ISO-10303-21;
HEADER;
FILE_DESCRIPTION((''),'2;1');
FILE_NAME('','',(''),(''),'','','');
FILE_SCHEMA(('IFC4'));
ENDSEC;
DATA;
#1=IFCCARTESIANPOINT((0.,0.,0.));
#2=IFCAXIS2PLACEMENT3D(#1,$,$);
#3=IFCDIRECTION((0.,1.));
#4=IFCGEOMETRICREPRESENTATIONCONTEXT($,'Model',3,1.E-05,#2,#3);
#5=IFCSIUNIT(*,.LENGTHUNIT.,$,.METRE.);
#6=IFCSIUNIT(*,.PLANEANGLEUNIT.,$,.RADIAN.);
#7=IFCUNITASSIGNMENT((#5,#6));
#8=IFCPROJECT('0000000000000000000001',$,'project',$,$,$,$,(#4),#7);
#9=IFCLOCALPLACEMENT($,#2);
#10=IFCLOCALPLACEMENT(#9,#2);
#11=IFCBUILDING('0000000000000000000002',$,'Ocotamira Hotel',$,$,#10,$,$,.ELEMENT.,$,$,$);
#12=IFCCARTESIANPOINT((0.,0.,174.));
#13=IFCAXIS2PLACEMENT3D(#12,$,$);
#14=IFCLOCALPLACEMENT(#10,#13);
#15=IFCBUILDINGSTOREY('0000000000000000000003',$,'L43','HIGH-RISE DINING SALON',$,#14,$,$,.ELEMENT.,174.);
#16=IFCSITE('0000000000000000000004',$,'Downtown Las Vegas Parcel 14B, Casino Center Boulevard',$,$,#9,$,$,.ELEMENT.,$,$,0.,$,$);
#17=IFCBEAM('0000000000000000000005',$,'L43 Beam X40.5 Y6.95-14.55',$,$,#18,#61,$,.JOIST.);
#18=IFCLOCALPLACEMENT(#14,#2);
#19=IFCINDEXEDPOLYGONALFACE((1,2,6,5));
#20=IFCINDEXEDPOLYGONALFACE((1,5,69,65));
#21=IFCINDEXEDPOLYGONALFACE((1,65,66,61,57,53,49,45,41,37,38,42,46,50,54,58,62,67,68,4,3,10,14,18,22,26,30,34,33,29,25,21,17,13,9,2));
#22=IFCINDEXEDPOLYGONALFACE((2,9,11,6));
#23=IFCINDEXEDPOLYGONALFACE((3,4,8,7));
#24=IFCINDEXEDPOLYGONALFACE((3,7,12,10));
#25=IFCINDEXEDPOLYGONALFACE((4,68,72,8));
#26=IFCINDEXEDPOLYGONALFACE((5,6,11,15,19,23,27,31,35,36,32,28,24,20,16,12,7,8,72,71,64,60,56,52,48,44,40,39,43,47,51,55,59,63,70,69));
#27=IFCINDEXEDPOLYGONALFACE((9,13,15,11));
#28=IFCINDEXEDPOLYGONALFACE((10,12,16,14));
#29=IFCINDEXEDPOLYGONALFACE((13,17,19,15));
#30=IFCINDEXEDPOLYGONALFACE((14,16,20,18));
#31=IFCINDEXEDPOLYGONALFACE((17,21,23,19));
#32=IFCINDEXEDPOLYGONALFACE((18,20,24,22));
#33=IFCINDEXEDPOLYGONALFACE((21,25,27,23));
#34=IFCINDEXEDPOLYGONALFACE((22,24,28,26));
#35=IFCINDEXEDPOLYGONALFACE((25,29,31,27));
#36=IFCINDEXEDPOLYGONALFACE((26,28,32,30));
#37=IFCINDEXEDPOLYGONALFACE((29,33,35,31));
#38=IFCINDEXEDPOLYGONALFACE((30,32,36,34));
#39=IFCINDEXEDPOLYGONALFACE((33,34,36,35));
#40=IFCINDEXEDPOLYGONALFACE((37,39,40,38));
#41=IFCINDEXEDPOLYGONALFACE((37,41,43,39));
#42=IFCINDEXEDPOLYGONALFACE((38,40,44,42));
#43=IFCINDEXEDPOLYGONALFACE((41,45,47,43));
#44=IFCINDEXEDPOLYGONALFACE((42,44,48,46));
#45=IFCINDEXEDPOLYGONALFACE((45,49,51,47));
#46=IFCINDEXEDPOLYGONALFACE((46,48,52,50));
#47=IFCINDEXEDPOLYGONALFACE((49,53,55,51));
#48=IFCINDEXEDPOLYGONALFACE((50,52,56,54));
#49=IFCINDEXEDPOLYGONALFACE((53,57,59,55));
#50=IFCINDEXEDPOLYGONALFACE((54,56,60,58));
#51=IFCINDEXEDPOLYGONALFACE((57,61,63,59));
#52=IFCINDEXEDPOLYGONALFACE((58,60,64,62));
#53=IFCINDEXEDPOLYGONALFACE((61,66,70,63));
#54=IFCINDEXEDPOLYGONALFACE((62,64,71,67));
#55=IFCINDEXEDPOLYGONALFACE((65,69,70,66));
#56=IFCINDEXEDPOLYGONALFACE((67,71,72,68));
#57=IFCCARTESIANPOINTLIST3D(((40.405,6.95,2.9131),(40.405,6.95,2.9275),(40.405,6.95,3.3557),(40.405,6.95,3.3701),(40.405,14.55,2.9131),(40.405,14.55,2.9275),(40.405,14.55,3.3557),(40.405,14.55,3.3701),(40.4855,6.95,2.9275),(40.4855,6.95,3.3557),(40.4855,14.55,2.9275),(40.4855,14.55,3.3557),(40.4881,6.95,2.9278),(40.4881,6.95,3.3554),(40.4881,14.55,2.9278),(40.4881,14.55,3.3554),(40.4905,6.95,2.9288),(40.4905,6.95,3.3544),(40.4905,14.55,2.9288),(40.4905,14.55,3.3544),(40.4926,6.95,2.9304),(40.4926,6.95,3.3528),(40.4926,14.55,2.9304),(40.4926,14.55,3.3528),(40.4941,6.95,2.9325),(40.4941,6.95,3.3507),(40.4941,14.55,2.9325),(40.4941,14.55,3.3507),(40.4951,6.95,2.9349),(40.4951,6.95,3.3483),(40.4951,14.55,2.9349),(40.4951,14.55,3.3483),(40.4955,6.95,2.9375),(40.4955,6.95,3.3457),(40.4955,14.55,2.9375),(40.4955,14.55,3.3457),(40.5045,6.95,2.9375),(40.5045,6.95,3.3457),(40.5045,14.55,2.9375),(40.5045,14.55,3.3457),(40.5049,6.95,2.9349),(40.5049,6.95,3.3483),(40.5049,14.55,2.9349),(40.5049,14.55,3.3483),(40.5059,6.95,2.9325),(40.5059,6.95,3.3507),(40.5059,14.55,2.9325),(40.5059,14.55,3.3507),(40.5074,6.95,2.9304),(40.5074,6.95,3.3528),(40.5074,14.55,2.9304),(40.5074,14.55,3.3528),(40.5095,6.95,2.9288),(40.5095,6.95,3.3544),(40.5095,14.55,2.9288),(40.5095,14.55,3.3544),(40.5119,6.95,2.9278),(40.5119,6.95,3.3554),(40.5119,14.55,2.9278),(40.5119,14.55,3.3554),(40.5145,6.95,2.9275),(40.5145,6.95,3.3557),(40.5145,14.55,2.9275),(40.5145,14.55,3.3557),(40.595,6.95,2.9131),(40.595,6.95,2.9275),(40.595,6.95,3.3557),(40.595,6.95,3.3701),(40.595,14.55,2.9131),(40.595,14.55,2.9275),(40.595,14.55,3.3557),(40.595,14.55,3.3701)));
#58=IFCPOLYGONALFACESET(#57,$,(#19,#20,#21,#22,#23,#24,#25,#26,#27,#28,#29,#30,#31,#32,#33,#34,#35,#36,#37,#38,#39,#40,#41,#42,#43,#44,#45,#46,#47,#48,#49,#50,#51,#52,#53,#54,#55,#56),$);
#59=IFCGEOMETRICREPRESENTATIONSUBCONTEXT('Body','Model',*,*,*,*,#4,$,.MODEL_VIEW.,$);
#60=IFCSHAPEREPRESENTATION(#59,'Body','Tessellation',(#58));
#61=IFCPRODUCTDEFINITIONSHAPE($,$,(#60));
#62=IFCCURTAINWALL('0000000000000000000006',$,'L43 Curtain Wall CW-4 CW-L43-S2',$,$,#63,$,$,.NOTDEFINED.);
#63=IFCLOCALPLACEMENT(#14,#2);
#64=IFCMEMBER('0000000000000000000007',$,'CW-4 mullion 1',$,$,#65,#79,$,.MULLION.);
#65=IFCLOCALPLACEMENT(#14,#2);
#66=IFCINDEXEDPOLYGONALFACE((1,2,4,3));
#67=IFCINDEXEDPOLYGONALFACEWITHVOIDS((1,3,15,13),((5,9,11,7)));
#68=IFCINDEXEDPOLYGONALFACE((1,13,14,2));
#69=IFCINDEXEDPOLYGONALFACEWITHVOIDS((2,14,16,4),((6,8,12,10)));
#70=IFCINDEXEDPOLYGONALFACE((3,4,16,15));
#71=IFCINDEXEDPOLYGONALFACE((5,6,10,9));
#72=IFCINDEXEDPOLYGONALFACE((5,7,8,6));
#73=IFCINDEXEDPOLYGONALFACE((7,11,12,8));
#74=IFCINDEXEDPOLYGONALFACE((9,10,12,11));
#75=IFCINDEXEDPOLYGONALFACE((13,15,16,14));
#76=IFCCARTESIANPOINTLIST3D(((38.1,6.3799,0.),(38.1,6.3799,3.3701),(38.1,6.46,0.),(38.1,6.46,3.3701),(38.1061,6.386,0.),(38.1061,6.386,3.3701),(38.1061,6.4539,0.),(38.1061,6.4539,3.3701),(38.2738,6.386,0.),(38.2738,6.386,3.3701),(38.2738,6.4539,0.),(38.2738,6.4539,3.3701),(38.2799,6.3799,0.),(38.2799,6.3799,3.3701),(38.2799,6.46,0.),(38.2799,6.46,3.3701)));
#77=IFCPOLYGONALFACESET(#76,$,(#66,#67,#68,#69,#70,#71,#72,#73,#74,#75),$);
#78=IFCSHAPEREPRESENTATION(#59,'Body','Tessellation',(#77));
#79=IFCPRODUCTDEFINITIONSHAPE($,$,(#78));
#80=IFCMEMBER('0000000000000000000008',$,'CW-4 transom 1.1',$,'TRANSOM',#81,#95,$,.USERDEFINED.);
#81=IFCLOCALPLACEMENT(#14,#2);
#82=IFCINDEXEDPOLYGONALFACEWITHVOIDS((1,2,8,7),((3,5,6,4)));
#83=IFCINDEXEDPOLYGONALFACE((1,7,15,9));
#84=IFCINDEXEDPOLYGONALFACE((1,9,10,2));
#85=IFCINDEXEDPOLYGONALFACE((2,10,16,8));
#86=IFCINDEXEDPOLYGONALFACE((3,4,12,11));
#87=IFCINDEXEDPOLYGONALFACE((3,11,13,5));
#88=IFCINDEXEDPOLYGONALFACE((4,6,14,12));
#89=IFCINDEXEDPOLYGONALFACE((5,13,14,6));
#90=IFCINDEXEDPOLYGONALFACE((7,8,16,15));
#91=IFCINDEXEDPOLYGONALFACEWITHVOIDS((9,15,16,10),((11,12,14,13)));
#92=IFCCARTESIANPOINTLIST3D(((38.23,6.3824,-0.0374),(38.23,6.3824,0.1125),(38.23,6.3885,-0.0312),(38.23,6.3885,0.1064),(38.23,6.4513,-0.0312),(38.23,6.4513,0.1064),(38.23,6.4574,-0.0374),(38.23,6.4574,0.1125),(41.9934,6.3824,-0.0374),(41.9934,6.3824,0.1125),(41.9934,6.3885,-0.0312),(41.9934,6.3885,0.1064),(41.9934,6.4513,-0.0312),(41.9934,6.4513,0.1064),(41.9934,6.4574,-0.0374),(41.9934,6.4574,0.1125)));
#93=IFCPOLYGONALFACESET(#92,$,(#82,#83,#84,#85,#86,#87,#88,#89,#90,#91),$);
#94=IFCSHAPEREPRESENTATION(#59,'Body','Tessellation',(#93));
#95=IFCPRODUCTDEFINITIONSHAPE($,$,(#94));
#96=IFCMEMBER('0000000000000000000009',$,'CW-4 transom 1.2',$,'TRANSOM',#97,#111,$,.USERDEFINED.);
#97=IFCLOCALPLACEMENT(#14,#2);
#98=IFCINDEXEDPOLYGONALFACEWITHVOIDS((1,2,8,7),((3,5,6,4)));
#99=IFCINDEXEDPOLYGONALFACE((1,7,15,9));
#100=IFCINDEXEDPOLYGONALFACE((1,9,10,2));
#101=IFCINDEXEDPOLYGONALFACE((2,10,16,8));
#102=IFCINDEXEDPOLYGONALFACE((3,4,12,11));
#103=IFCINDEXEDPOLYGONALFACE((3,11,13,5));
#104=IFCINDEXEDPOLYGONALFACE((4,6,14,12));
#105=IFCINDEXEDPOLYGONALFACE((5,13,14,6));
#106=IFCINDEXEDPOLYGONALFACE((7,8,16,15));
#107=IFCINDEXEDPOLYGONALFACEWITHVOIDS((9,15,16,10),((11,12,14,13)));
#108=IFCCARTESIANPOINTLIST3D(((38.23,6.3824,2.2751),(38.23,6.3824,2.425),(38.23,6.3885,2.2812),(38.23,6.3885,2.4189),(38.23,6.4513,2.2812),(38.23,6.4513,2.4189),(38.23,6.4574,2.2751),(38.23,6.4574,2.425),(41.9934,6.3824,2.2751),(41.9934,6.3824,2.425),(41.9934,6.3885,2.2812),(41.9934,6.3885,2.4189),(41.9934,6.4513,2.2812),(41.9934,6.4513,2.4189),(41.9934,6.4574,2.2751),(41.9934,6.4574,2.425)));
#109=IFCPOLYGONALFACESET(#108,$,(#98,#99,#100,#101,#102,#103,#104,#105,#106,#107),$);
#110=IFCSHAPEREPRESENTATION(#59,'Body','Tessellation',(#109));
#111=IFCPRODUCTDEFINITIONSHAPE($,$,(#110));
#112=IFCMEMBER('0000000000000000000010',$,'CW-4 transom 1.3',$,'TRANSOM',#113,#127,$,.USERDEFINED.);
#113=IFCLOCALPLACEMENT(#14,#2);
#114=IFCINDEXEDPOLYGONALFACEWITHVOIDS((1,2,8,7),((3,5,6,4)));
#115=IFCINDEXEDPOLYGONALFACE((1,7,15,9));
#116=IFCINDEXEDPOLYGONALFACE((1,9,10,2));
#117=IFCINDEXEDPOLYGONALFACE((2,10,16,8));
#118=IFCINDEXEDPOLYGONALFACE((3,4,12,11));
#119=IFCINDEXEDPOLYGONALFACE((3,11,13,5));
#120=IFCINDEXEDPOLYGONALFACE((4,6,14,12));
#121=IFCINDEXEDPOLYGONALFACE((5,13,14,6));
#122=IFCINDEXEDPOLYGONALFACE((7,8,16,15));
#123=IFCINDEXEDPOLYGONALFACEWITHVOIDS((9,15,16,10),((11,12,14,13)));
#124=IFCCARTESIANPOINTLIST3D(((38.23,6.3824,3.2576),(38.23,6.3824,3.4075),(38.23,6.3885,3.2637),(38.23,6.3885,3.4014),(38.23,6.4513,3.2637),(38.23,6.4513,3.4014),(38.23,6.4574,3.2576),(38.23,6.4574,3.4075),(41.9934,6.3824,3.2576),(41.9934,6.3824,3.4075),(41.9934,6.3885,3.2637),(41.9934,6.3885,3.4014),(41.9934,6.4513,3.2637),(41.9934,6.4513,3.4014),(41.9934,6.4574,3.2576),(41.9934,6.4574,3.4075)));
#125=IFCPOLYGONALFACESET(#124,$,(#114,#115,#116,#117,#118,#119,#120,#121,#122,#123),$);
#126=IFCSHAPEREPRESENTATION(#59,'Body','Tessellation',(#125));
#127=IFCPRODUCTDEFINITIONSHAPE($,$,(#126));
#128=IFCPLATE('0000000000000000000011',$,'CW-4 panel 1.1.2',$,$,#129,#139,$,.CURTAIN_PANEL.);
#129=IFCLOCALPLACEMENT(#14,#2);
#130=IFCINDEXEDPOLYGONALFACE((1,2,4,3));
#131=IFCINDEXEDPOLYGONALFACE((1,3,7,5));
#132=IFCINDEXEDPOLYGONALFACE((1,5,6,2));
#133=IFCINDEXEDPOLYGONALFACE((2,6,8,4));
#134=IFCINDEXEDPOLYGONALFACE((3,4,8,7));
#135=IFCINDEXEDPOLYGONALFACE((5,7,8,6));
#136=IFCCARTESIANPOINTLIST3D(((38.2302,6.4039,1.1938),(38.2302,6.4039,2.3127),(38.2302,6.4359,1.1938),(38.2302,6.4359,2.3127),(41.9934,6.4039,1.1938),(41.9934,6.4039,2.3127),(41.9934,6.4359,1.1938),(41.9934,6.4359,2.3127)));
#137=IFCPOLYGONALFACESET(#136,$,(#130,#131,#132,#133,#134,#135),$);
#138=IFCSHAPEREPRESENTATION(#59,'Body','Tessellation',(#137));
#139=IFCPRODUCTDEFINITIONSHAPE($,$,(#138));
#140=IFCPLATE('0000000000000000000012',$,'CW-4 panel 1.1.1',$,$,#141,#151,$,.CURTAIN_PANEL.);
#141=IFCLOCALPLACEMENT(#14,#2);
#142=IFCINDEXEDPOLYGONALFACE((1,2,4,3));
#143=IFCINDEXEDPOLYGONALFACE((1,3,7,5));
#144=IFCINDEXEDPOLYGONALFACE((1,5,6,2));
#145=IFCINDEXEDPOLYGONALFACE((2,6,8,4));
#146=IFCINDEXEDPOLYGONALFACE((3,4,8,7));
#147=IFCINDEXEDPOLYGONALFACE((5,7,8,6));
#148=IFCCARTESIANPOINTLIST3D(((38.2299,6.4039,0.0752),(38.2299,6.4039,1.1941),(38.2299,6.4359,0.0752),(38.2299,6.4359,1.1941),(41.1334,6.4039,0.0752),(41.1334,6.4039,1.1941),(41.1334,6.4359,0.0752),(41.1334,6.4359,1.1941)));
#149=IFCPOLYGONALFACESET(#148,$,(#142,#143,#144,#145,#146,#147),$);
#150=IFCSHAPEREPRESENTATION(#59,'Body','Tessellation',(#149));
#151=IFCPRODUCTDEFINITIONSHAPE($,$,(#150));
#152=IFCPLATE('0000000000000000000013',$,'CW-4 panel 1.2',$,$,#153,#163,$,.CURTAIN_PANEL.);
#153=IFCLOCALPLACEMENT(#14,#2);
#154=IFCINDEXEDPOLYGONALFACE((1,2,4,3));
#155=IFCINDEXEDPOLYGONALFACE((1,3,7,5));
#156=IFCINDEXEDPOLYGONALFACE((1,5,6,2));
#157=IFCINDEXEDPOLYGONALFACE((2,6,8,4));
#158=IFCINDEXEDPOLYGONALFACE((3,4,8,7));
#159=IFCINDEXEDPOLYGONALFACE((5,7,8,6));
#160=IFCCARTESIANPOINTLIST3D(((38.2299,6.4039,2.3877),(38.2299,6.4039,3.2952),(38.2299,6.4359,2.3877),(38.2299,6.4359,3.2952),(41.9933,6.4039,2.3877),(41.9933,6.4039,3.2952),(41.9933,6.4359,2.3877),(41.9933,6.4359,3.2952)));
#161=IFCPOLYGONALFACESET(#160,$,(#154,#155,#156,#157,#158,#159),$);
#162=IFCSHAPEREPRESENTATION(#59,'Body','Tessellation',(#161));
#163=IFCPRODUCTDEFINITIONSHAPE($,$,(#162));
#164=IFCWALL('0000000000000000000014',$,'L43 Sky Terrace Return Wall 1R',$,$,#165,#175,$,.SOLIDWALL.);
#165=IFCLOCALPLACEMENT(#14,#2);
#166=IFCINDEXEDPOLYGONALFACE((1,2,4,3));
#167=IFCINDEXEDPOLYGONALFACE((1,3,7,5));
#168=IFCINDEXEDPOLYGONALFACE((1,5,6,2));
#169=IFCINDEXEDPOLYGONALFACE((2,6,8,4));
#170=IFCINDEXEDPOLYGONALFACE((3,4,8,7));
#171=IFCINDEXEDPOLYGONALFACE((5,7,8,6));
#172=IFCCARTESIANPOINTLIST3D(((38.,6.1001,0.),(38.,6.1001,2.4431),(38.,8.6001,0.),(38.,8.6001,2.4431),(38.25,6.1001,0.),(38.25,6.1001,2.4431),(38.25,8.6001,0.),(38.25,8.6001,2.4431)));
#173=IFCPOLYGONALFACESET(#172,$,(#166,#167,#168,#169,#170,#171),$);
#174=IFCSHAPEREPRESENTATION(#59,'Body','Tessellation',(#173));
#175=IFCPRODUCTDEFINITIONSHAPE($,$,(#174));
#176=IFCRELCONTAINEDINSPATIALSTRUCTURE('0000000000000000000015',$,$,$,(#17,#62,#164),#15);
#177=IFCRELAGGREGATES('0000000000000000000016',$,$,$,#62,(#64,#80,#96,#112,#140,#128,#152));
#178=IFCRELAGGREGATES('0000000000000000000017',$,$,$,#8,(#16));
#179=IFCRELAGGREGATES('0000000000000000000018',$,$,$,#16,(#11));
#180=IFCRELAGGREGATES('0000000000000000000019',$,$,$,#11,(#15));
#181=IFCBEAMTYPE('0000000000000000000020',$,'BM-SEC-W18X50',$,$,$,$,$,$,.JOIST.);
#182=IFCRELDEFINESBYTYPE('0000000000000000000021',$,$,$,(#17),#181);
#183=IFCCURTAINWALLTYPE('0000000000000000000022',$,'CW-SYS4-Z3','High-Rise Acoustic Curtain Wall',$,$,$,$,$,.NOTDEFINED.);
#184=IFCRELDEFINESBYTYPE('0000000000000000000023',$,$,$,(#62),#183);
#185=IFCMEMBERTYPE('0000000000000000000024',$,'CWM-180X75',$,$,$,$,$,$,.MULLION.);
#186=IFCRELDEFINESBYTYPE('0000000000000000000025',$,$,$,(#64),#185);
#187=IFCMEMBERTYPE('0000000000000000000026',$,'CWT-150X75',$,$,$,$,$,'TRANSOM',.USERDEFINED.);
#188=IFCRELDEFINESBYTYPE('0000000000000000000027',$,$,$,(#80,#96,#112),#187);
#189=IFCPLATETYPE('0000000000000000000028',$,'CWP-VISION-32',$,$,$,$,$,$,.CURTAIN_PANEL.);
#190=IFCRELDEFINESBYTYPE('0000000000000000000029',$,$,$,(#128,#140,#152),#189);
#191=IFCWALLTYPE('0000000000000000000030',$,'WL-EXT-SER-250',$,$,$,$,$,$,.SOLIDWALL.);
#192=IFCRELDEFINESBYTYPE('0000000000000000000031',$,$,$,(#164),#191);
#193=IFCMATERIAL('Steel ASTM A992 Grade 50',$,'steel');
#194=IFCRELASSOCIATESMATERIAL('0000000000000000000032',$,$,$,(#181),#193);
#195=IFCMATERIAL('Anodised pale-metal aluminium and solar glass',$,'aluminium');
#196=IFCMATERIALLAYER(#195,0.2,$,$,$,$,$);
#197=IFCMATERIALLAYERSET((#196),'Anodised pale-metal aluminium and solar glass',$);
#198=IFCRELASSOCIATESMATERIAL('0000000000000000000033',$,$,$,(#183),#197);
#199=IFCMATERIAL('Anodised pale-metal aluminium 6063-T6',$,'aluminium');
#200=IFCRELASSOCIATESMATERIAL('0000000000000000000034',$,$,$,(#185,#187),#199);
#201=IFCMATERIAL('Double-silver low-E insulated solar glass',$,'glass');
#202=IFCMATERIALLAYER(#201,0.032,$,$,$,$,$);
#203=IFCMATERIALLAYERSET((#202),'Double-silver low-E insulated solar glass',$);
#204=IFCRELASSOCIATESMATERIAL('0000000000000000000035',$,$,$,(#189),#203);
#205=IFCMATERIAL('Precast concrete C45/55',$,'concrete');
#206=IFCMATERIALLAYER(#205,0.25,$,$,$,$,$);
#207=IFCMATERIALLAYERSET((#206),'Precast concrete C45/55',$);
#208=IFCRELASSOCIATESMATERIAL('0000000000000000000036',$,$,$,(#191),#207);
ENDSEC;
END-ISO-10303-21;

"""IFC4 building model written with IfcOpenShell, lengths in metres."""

from ifc_helpers import new_model, si_unit, direction, frame, frame_2d, origin, origin_2d, place, context, subcontext, project, spatial, rectangle, hollow_rectangle, i_section, extrude, source, transform, mapped, material, layer, layer_set, material_profile, profile_set, type_object, element, aggregate, save


model = new_model("IFC4")

# Units and contexts
model_context = context("Model", 3, precision=1e-05, world=origin(), true_north=direction((0.0, 1.0)))
body_context = subcontext(model_context, "Body", "Model", "MODEL_VIEW")
ifc_project = project(units=[si_unit("LENGTHUNIT", "METRE"), si_unit("PLANEANGLEUNIT", "RADIAN")], contexts=[model_context])

# Site, building, storey
site_placement = place(None, origin())
site = spatial("IfcSite", under=ifc_project, at=site_placement, Name="Downtown Las Vegas Parcel 14B, Casino Center Boulevard", CompositionType="ELEMENT", RefElevation=0.0)
building_placement = place(site_placement, origin())
building = spatial("IfcBuilding", under=site, at=building_placement, Name="Ocotamira Hotel", CompositionType="ELEMENT")
storey_placement = place(building_placement, frame((0.0, 0.0, 174.0)))
storey = spatial("IfcBuildingStorey", under=building, at=storey_placement, Name="L43", Description="HIGH-RISE DINING SALON", CompositionType="ELEMENT", Elevation=174.0)

# Beam
ifc_material_1 = material(Name="Steel ASTM A992 Grade 50", Category="steel")
ifc_material_profile_1 = material_profile(ifc_material_1, i_section(OverallWidth=0.1899, OverallDepth=0.457, WebThickness=0.009, FlangeThickness=0.0144, FilletRadius=0.01, at=origin_2d()), Name="W18X50")
ifc_profile_set_1 = profile_set([ifc_material_profile_1], Name="Steel ASTM A992 Grade 50")
beam_type_1 = type_object("IfcBeamType", Name="BM-SEC-W18X50", PredefinedType="JOIST", material=ifc_profile_set_1)
shared_shape_1 = source(origin(), body_context, "Body", "SweptSolid", [
    extrude(i_section(OverallWidth=0.1899, OverallDepth=0.457, WebThickness=0.009, FlangeThickness=0.0144, FilletRadius=0.01, at=origin_2d()), origin(), (0.0, 0.0, 1.0), 7.6001),
])
beam_1_placement = place(storey_placement, frame((40.5, 6.95, 3.1416), z_axis=(0.0, 1.0, 0.0), x_axis=(-1.0, 0.0, 0.0)))
element("IfcBeam", 1, at=beam_1_placement, inside=storey, type_object=beam_type_1, Name="L43 Beam X40.5 Y6.95-14.55", PredefinedType="JOIST", context=body_context, shape_type="MappedRepresentation", body=[
    mapped(shared_shape_1, transform((0.0, 0.0, 0.0), scale=1.0)),
])

# Curtain wall, members, plates
ifc_material_2 = material(Name="Anodised pale-metal aluminium and solar glass", Category="aluminium")
ifc_layer_1 = layer(ifc_material_2, 0.2)
ifc_layer_set_1 = layer_set([ifc_layer_1], Name="Anodised pale-metal aluminium and solar glass")
curtain_wall_type = type_object("IfcCurtainWallType", Name="CW-SYS4-Z3", Description="High-Rise Acoustic Curtain Wall", PredefinedType="NOTDEFINED", material=ifc_layer_set_1)
curtain_wall_placement = place(storey_placement, origin())
curtain_wall = element("IfcCurtainWall", 2, at=curtain_wall_placement, inside=storey, type_object=curtain_wall_type, Name="L43 Curtain Wall CW-4 CW-L43-S2", PredefinedType="NOTDEFINED")
ifc_material_3 = material(Name="Anodised pale-metal aluminium 6063-T6", Category="aluminium")
ifc_material_profile_2 = material_profile(ifc_material_3, hollow_rectangle(XDim=0.0801, YDim=0.1799, WallThickness=0.0061, at=origin_2d()), Name="HSS180X80X6")
ifc_profile_set_2 = profile_set([ifc_material_profile_2], Name="Anodised pale-metal aluminium 6063-T6")
member_type_1 = type_object("IfcMemberType", Name="CWM-180X75", PredefinedType="MULLION", material=ifc_profile_set_2)
shared_shape_2 = source(origin(), body_context, "Body", "SweptSolid", [
    extrude(hollow_rectangle(XDim=0.0801, YDim=0.1799, WallThickness=0.0061, at=origin_2d()), origin(), (0.0, 0.0, 1.0), 3.3701),
])
member_1_placement = place(storey_placement, frame((38.1899, 6.4199, 0.0), z_axis=(0.0, 0.0, 1.0), x_axis=(0.0, 1.0, 0.0)))
member_1 = element("IfcMember", 3, at=member_1_placement, type_object=member_type_1, Name="CW-4 mullion 1", PredefinedType="MULLION", context=body_context, shape_type="MappedRepresentation", body=[
    mapped(shared_shape_2, transform((0.0, 0.0, 0.0), scale=1.0)),
])
ifc_material_profile_3 = material_profile(ifc_material_3, hollow_rectangle(XDim=0.075, YDim=0.1499, WallThickness=0.0061, at=origin_2d()), Name="HSS150X75X6")
ifc_profile_set_3 = profile_set([ifc_material_profile_3], Name="Anodised pale-metal aluminium 6063-T6")
member_type_2 = type_object("IfcMemberType", Name="CWT-150X75", ElementType="TRANSOM", PredefinedType="USERDEFINED", material=ifc_profile_set_3)
shared_shape_3 = source(origin(), body_context, "Body", "SweptSolid", [
    extrude(hollow_rectangle(XDim=0.075, YDim=0.1499, WallThickness=0.0061, at=origin_2d()), origin(), (0.0, 0.0, 1.0), 3.7634),
])
member_2_placement = place(storey_placement, frame((38.23, 6.4199, 0.0376), z_axis=(1.0, 0.0, 0.0), x_axis=(0.0, 1.0, 0.0)))
member_2 = element("IfcMember", 4, at=member_2_placement, type_object=member_type_2, Name="CW-4 transom 1.1", ObjectType="TRANSOM", PredefinedType="USERDEFINED", context=body_context, shape_type="MappedRepresentation", body=[
    mapped(shared_shape_3, transform((0.0, 0.0, 0.0), scale=1.0)),
])
member_3_placement = place(storey_placement, frame((38.23, 6.4199, 2.3501), z_axis=(1.0, 0.0, 0.0), x_axis=(0.0, 1.0, 0.0)))
member_3 = element("IfcMember", 5, at=member_3_placement, type_object=member_type_2, Name="CW-4 transom 1.2", ObjectType="TRANSOM", PredefinedType="USERDEFINED", context=body_context, shape_type="MappedRepresentation", body=[
    mapped(shared_shape_3, transform((0.0, 0.0, 0.0), scale=1.0)),
])
member_4_placement = place(storey_placement, frame((38.23, 6.4199, 3.3325), z_axis=(1.0, 0.0, 0.0), x_axis=(0.0, 1.0, 0.0)))
member_4 = element("IfcMember", 6, at=member_4_placement, type_object=member_type_2, Name="CW-4 transom 1.3", ObjectType="TRANSOM", PredefinedType="USERDEFINED", context=body_context, shape_type="MappedRepresentation", body=[
    mapped(shared_shape_3, transform((0.0, 0.0, 0.0), scale=1.0)),
])
ifc_material_4 = material(Name="Double-silver low-E insulated solar glass", Category="glass")
ifc_layer_2 = layer(ifc_material_4, 0.032)
ifc_layer_set_2 = layer_set([ifc_layer_2], Name="Double-silver low-E insulated solar glass")
plate_type = type_object("IfcPlateType", Name="CWP-VISION-32", PredefinedType="CURTAIN_PANEL", material=ifc_layer_set_2)
shared_shape_4 = source(origin(), body_context, "Body", "SweptSolid", [
    extrude(rectangle(XDim=3.7632, YDim=0.032, at=origin_2d()), origin(), (0.0, 0.0, 1.0), 1.1189),
])
plate_1_placement = place(storey_placement, frame((40.1118, 6.4199, 1.1938), z_axis=(0.0, 0.0, 1.0), x_axis=(1.0, 0.0, 0.0)))
plate_1 = element("IfcPlate", 7, at=plate_1_placement, type_object=plate_type, Name="CW-4 panel 1.1.2", PredefinedType="CURTAIN_PANEL", context=body_context, shape_type="MappedRepresentation", body=[
    mapped(shared_shape_4, transform((0.0, 0.0, 0.0), scale=1.0)),
])
shared_shape_5 = source(origin(), body_context, "Body", "SweptSolid", [
    extrude(rectangle(XDim=2.9036, YDim=0.032, at=origin_2d()), origin(), (0.0, 0.0, 1.0), 1.1189),
])
plate_2_placement = place(storey_placement, frame((39.6816, 6.4199, 0.0752), z_axis=(0.0, 0.0, 1.0), x_axis=(1.0, 0.0, 0.0)))
plate_2 = element("IfcPlate", 8, at=plate_2_placement, type_object=plate_type, Name="CW-4 panel 1.1.1", PredefinedType="CURTAIN_PANEL", context=body_context, shape_type="MappedRepresentation", body=[
    mapped(shared_shape_5, transform((0.0, 0.0, 0.0), scale=1.0)),
])
shared_shape_6 = source(origin(), body_context, "Body", "SweptSolid", [
    extrude(rectangle(XDim=3.7634, YDim=0.032, at=origin_2d()), origin(), (0.0, 0.0, 1.0), 0.9075),
])
plate_3_placement = place(storey_placement, frame((40.1116, 6.4199, 2.3877), z_axis=(0.0, 0.0, 1.0), x_axis=(1.0, 0.0, 0.0)))
plate_3 = element("IfcPlate", 9, at=plate_3_placement, type_object=plate_type, Name="CW-4 panel 1.2", PredefinedType="CURTAIN_PANEL", context=body_context, shape_type="MappedRepresentation", body=[
    mapped(shared_shape_6, transform((0.0, 0.0, 0.0), scale=1.0)),
])
aggregate(curtain_wall, [member_1, member_2, member_3, member_4, plate_2, plate_1, plate_3])

# Wall
ifc_material_5 = material(Name="Precast concrete C45/55", Category="concrete")
ifc_layer_3 = layer(ifc_material_5, 0.25)
ifc_layer_set_3 = layer_set([ifc_layer_3], Name="Precast concrete C45/55")
wall_type_1 = type_object("IfcWallType", Name="WL-EXT-SER-250", PredefinedType="SOLIDWALL", material=ifc_layer_set_3)
wall_1_placement = place(storey_placement, frame((38.125, 6.1001, 0.0), z_axis=(0.0, 0.0, 1.0), x_axis=(0.0, 1.0, 0.0)))
element("IfcWall", 10, at=wall_1_placement, inside=storey, type_object=wall_type_1, Name="L43 Sky Terrace Return Wall 1R", PredefinedType="SOLIDWALL", context=body_context, shape_type="SweptSolid", body=[
    extrude(rectangle(XDim=2.5, YDim=0.25, at=frame_2d((1.25, 0.0))), origin(), (0.0, 0.0, 1.0), 2.4431),
])

save(model, "model.ifc")
